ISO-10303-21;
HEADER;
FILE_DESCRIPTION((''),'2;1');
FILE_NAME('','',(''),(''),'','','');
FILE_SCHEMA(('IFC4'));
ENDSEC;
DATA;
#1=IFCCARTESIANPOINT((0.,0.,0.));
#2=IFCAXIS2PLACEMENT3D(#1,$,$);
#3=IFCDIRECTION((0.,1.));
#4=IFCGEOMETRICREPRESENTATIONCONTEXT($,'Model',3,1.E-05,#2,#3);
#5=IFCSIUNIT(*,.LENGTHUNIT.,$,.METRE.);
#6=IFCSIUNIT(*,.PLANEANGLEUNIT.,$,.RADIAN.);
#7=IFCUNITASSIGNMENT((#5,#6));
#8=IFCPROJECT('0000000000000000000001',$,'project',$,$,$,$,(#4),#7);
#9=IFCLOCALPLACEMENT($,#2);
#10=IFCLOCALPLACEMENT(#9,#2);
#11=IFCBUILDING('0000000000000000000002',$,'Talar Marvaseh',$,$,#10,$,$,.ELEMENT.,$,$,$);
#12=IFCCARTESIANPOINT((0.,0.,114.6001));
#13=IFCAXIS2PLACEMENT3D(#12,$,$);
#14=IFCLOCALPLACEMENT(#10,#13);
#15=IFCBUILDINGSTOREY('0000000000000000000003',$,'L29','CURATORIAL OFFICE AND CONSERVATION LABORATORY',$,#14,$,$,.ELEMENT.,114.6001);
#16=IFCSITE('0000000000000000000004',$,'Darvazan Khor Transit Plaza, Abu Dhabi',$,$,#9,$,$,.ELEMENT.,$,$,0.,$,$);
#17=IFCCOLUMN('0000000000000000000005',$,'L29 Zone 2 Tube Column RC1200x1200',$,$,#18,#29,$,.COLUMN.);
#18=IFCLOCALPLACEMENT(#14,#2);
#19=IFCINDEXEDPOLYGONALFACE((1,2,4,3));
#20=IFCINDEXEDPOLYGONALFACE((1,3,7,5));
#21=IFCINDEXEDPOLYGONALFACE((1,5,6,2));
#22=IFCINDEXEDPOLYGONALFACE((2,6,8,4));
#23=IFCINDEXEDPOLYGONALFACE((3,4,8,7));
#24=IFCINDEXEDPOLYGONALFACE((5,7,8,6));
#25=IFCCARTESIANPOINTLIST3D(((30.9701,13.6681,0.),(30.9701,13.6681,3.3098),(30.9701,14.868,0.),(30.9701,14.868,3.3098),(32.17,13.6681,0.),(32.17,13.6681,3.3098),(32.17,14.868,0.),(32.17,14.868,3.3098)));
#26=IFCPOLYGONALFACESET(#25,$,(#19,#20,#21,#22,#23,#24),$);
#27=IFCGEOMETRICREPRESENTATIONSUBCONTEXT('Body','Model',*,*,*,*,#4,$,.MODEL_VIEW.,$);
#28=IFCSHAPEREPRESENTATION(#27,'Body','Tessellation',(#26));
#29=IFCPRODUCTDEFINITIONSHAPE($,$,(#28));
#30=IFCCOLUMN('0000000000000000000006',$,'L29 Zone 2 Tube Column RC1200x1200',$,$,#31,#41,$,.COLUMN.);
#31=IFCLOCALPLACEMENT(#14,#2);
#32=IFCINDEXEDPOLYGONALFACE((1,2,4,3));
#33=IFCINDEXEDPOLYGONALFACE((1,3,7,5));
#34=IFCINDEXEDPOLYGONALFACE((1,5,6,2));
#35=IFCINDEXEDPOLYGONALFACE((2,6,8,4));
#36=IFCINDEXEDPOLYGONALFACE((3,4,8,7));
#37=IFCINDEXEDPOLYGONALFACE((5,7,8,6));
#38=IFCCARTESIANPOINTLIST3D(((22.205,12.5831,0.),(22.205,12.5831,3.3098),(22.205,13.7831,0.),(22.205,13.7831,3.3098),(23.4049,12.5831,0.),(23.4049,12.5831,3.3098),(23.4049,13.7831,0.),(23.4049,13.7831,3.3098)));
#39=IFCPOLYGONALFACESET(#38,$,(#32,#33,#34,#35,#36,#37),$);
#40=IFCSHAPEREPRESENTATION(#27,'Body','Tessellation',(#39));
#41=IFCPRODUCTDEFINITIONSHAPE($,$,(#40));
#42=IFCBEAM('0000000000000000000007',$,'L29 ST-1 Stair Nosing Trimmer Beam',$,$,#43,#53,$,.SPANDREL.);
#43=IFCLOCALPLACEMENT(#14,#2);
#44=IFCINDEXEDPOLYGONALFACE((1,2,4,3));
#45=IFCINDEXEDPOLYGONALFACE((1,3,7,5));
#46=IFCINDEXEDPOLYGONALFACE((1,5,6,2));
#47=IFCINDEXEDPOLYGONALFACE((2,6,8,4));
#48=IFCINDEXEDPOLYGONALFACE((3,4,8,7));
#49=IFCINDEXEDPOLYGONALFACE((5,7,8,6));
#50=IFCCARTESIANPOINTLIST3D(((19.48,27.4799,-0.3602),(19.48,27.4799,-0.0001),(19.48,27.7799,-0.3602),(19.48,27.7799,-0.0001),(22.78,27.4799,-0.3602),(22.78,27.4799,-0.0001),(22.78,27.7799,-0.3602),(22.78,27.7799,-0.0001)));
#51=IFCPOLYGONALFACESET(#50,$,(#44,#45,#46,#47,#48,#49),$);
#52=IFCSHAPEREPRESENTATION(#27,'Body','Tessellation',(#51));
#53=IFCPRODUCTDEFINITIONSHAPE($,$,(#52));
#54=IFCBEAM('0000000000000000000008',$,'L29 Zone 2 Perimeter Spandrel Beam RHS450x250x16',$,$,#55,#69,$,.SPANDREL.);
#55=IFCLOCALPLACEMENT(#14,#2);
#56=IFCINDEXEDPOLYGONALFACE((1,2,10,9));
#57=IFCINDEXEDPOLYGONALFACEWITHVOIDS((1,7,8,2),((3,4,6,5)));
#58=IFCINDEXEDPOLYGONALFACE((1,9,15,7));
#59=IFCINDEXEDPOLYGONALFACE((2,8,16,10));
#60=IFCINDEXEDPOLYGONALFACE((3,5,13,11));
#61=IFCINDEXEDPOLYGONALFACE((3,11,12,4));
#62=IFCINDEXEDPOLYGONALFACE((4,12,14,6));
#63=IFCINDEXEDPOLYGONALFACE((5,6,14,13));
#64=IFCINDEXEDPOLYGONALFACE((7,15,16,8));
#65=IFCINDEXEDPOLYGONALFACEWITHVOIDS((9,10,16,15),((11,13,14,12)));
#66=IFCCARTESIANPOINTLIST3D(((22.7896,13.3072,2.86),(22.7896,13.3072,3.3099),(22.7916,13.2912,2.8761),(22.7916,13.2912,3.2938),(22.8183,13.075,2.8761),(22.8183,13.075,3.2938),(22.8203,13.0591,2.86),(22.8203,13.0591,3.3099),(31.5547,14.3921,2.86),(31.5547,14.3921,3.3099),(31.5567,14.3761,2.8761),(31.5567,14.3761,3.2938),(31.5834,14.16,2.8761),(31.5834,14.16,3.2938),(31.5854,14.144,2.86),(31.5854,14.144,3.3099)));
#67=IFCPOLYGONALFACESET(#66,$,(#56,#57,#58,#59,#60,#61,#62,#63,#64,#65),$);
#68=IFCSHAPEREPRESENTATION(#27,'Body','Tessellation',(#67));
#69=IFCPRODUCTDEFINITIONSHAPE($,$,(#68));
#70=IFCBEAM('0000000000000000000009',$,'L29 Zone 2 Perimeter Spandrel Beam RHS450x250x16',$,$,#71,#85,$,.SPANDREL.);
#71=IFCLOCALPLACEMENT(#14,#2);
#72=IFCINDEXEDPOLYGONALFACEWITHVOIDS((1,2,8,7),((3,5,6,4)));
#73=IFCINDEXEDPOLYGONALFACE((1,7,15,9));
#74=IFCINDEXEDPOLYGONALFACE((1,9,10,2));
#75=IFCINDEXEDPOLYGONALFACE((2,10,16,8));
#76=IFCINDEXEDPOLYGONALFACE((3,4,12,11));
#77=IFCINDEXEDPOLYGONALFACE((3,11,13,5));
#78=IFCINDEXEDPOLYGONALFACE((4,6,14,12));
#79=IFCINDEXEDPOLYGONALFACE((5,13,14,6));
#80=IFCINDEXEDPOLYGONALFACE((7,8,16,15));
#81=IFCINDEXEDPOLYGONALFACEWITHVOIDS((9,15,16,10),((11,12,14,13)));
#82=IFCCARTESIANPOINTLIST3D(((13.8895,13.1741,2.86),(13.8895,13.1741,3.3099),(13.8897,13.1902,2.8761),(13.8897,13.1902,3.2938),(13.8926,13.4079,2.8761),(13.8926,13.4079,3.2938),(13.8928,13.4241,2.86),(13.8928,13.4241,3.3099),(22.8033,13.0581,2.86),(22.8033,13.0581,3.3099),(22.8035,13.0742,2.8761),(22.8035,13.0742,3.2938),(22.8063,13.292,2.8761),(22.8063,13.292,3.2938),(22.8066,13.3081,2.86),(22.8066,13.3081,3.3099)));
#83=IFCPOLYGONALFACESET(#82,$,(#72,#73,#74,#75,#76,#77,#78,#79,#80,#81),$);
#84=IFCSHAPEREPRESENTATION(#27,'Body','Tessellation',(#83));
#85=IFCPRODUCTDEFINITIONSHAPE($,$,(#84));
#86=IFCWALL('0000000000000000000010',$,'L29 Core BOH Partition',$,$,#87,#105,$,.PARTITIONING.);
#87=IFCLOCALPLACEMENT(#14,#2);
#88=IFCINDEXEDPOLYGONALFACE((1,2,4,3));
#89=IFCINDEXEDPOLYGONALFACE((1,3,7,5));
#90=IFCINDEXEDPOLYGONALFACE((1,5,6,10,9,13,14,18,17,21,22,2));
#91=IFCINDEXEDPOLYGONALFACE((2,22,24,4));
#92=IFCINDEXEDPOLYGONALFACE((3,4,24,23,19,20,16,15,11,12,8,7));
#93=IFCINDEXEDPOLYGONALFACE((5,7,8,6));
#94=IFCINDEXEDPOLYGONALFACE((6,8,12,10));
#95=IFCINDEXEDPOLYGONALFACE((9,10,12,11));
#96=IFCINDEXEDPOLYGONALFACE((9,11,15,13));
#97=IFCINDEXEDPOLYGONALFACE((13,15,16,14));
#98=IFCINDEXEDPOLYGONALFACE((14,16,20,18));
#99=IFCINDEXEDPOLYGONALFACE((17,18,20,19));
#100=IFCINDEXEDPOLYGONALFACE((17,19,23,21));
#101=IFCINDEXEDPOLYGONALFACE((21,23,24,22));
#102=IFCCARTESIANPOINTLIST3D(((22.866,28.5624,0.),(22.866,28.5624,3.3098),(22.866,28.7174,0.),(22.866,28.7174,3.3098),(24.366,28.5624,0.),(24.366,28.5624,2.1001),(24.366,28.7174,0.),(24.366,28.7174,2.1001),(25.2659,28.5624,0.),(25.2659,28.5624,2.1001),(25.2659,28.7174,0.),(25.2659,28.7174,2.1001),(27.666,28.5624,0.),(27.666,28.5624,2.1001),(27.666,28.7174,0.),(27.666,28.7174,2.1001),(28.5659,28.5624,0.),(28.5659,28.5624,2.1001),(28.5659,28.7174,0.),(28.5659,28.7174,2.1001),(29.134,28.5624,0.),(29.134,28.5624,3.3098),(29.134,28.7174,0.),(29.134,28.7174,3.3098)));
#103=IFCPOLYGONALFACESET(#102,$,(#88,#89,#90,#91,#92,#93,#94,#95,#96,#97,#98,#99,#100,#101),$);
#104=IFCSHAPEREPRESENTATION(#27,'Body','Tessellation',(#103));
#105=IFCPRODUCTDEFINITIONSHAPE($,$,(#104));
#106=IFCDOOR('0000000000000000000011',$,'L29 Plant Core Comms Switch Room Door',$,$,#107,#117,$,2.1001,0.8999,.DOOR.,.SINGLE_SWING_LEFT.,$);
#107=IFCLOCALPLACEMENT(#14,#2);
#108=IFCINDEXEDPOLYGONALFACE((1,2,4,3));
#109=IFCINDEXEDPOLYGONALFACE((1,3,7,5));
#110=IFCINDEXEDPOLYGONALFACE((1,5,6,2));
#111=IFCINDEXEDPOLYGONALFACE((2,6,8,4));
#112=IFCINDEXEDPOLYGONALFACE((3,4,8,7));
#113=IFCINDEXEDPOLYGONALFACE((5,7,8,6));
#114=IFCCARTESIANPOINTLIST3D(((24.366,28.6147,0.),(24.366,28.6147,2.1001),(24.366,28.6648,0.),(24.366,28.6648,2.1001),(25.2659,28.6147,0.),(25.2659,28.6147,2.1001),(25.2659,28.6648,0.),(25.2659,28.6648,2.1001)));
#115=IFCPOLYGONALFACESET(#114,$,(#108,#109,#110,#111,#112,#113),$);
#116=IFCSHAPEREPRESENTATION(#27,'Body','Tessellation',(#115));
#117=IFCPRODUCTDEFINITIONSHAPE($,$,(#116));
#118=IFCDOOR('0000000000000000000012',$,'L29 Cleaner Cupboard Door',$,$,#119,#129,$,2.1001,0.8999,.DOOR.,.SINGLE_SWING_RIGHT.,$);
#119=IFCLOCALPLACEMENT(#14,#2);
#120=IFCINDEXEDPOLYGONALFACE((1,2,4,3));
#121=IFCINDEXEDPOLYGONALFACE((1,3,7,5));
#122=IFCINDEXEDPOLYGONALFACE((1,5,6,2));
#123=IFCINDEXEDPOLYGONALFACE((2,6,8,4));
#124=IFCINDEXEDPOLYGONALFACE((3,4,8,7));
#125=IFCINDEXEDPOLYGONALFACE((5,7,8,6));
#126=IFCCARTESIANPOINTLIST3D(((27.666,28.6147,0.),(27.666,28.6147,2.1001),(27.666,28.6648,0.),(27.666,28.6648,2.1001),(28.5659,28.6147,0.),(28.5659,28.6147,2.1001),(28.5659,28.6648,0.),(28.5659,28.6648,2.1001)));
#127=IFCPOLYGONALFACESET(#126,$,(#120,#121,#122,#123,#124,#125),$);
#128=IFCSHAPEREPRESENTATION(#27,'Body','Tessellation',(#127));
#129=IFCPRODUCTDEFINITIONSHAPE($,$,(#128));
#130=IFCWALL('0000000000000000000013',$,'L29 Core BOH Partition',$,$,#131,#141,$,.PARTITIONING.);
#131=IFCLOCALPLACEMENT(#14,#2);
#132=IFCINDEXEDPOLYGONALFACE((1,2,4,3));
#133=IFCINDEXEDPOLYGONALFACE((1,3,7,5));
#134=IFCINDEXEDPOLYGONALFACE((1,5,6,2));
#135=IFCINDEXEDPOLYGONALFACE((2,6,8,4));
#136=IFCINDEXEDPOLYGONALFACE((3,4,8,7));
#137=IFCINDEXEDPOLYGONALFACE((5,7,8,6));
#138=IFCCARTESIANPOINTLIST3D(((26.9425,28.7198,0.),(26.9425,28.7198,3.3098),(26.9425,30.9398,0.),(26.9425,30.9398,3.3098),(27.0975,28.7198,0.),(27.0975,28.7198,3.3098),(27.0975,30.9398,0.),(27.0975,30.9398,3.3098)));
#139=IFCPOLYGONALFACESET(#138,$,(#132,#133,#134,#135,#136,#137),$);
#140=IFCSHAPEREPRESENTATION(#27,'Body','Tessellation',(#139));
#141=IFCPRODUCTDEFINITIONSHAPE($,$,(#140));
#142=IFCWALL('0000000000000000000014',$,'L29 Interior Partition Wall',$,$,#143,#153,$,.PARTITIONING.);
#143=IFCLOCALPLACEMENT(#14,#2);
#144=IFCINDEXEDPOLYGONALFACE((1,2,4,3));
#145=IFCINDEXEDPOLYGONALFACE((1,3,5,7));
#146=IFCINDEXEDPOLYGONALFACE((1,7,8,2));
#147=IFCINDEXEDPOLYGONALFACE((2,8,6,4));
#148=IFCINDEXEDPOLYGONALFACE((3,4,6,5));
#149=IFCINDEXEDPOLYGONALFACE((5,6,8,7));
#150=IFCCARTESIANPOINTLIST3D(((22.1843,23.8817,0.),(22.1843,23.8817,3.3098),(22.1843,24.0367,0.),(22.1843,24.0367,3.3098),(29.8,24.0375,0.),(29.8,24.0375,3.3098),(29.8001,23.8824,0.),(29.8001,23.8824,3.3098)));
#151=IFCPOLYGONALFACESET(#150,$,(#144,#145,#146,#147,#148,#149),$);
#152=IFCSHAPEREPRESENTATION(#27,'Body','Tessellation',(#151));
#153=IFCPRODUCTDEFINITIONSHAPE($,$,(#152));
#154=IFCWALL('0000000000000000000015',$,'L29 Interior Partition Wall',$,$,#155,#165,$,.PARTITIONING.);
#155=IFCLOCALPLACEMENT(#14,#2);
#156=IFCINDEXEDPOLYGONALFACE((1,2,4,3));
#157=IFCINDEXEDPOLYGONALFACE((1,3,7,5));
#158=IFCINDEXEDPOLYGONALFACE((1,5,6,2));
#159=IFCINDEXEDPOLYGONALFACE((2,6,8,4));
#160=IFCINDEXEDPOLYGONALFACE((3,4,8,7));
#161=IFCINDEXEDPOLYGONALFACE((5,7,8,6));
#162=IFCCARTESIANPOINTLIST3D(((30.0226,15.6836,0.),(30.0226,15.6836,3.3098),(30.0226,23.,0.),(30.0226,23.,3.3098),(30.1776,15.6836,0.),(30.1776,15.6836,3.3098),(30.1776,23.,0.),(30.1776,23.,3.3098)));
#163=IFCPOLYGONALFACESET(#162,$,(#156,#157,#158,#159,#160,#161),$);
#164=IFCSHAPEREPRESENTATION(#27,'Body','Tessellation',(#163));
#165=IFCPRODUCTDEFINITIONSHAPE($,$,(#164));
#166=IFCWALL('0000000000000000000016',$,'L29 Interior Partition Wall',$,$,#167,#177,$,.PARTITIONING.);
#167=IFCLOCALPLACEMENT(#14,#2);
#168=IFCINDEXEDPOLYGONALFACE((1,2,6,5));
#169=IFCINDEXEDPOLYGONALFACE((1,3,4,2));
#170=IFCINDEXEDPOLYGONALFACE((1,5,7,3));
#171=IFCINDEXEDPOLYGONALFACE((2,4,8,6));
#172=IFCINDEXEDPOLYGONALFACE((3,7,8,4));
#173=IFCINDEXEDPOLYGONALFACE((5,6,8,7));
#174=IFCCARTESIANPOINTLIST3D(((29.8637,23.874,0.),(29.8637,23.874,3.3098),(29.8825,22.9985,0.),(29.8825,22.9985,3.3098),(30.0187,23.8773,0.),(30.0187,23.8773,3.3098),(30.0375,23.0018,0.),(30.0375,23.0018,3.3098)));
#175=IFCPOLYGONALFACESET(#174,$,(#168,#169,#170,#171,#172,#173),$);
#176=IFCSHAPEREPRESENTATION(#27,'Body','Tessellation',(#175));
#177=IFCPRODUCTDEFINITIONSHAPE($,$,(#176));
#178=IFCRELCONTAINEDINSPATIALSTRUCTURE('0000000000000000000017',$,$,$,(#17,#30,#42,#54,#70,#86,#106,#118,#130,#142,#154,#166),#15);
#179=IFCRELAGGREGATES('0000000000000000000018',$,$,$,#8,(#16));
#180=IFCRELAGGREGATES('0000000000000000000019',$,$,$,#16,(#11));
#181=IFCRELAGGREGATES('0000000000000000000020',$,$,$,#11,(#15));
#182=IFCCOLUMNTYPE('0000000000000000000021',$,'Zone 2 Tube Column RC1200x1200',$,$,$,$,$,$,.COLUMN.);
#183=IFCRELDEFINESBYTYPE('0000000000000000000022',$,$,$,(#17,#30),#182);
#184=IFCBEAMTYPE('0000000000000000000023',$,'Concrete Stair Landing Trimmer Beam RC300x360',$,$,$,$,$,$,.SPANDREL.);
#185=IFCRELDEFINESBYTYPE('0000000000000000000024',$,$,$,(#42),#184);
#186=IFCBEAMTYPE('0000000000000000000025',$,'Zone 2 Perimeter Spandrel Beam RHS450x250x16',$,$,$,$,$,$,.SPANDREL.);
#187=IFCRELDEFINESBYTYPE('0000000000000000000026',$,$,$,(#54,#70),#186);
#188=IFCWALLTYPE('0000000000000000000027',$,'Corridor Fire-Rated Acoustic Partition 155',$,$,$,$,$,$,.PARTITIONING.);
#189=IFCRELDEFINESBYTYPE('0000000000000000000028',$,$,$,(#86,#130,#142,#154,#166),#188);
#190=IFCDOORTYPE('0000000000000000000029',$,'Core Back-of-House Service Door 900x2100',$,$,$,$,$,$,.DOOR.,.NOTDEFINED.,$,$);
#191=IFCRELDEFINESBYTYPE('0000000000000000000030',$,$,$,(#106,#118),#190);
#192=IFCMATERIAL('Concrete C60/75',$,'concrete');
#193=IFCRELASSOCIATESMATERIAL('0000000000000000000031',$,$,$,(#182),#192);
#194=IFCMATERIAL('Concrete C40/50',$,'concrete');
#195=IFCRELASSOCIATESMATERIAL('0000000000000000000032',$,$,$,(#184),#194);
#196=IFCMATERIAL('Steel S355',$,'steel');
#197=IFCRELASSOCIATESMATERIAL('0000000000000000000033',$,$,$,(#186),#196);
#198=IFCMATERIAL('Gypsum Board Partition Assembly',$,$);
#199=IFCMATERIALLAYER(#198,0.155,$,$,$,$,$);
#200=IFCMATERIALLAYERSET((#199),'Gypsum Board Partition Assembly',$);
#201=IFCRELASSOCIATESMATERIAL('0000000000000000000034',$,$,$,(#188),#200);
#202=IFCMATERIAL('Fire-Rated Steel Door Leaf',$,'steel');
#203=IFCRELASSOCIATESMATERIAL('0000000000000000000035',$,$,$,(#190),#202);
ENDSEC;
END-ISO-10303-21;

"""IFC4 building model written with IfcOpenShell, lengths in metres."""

from ifc_helpers import new_model, si_unit, direction, frame, frame_2d, origin, origin_2d, place, context, subcontext, project, spatial, rectangle, hollow_rectangle, extrude, source, transform, mapped, material, layer, layer_set, material_profile, profile_set, type_object, type_shapes, element, fill, save


model = new_model("IFC4")

# Units and contexts
model_context = context("Model", 3, precision=1e-05, world=origin(), true_north=direction((0.0, 1.0)))
body_context = subcontext(model_context, "Body", "Model", "MODEL_VIEW")
ifc_project = project(units=[si_unit("LENGTHUNIT", "METRE"), si_unit("PLANEANGLEUNIT", "RADIAN")], contexts=[model_context])

# Site, building, storey
site_placement = place(None, origin())
site = spatial("IfcSite", under=ifc_project, at=site_placement, Name="Darvazan Khor Transit Plaza, Abu Dhabi", CompositionType="ELEMENT", RefElevation=0.0)
building_placement = place(site_placement, origin())
building = spatial("IfcBuilding", under=site, at=building_placement, Name="Talar Marvaseh", CompositionType="ELEMENT")
storey_placement = place(building_placement, frame((0.0, 0.0, 114.6001)))
storey = spatial("IfcBuildingStorey", under=building, at=storey_placement, Name="L29", Description="CURATORIAL OFFICE AND CONSERVATION LABORATORY", CompositionType="ELEMENT", Elevation=114.6001)

# Columns
ifc_material_1 = material(Name="Concrete C60/75", Category="concrete")
ifc_material_profile_1 = material_profile(ifc_material_1, rectangle(XDim=1.2, YDim=1.2, at=origin_2d()), Name="RC1200x1200")
ifc_profile_set_1 = profile_set([ifc_material_profile_1], Name="Concrete C60/75")
column_type = type_object("IfcColumnType", Name="Zone 2 Tube Column RC1200x1200", PredefinedType="COLUMN", material=ifc_profile_set_1)
for number, where, z_axis, x_axis, name in (
    (1, (31.5701, 14.2681, 0.0), (0.0, 0.0, 1.0), (1.0, 0.0, 0.0), "L29 Zone 2 Tube Column RC1200x1200"),
    (2, (22.8049, 13.1831, 0.0), (0.0, 0.0, 1.0), (1.0, 0.0, 0.0), "L29 Zone 2 Tube Column RC1200x1200"),
):
    element("IfcColumn", number, at=place(storey_placement, frame(where, z_axis=z_axis, x_axis=x_axis)), inside=storey, type_object=column_type, Name=name, PredefinedType="COLUMN", context=body_context, shape_type="SweptSolid", body=[
        extrude(rectangle(XDim=1.2, YDim=1.2, at=origin_2d()), origin(), (0.0, 0.0, 1.0), 3.3098),
    ])

# Beams
ifc_material_2 = material(Name="Concrete C40/50", Category="concrete")
ifc_material_profile_2 = material_profile(ifc_material_2, rectangle(XDim=0.3, YDim=0.3601, at=origin_2d()), Name="RC300x360")
ifc_profile_set_2 = profile_set([ifc_material_profile_2], Name="Concrete C40/50")
beam_type_1 = type_object("IfcBeamType", Name="Concrete Stair Landing Trimmer Beam RC300x360", PredefinedType="SPANDREL", material=ifc_profile_set_2)
beam_1_placement = place(storey_placement, frame((22.78, 27.6299, -0.1802), z_axis=(-1.0, 0.0, 0.0), x_axis=(0.0, -1.0, 0.0)))
element("IfcBeam", 3, at=beam_1_placement, inside=storey, type_object=beam_type_1, Name="L29 ST-1 Stair Nosing Trimmer Beam", PredefinedType="SPANDREL", context=body_context, shape_type="SweptSolid", body=[
    extrude(rectangle(XDim=0.3, YDim=0.3601, at=origin_2d()), origin(), (0.0, 0.0, 1.0), 3.3),
])
ifc_material_3 = material(Name="Steel S355", Category="steel")
ifc_material_profile_3 = material_profile(ifc_material_3, hollow_rectangle(XDim=0.25, YDim=0.45, WallThickness=0.0161, at=origin_2d()), Name="RHS450x250x16")
ifc_profile_set_3 = profile_set([ifc_material_profile_3], Name="Steel S355")
beam_type_2 = type_object("IfcBeamType", Name="Zone 2 Perimeter Spandrel Beam RHS450x250x16", PredefinedType="SPANDREL", material=ifc_profile_set_3)
beam_2_placement = place(storey_placement, frame((31.5701, 14.2681, 3.085), z_axis=(-0.992426, -0.122844, 0.0), x_axis=(0.122844, -0.992426, 0.0)))
element("IfcBeam", 4, at=beam_2_placement, inside=storey, type_object=beam_type_2, Name="L29 Zone 2 Perimeter Spandrel Beam RHS450x250x16", PredefinedType="SPANDREL", context=body_context, shape_type="SweptSolid", body=[
    extrude(hollow_rectangle(XDim=0.25, YDim=0.45, WallThickness=0.0161, at=origin_2d()), origin(), (0.0, 0.0, 1.0), 8.832),
])
beam_3_placement = place(storey_placement, frame((22.8049, 13.1831, 3.085), z_axis=(-0.999915, 0.013009, 0.0), x_axis=(-0.013009, -0.999915, 0.0)))
element("IfcBeam", 5, at=beam_3_placement, inside=storey, type_object=beam_type_2, Name="L29 Zone 2 Perimeter Spandrel Beam RHS450x250x16", PredefinedType="SPANDREL", context=body_context, shape_type="SweptSolid", body=[
    extrude(hollow_rectangle(XDim=0.25, YDim=0.45, WallThickness=0.0161, at=origin_2d()), origin(), (0.0, 0.0, 1.0), 8.9146),
])

# Wall, openings, doors
ifc_material_4 = material(Name="Gypsum Board Partition Assembly")
ifc_layer_1 = layer(ifc_material_4, 0.155)
ifc_layer_set_1 = layer_set([ifc_layer_1], Name="Gypsum Board Partition Assembly")
wall_type_1 = type_object("IfcWallType", Name="Corridor Fire-Rated Acoustic Partition 155", PredefinedType="PARTITIONING", material=ifc_layer_set_1)
wall_1_placement = place(storey_placement, frame((22.866, 28.6399, 0.0), z_axis=(0.0, 0.0, 1.0), x_axis=(1.0, 0.0, 0.0)))
wall_1 = element("IfcWall", 6, at=wall_1_placement, inside=storey, type_object=wall_type_1, Name="L29 Core BOH Partition", PredefinedType="PARTITIONING", context=body_context, shape_type="SweptSolid", body=[
    extrude(rectangle(XDim=6.2681, YDim=0.155, at=frame_2d((3.134, 0.0))), origin(), (0.0, 0.0, 1.0), 3.3098),
])
opening_1_placement = place(wall_1_placement, frame((1.5, 0.0, 0.0)))
opening_1 = element("IfcOpeningElement", 7, at=opening_1_placement, cuts=wall_1, PredefinedType="OPENING", context=body_context, shape_type="SweptSolid", body=[
    extrude(rectangle(XDim=0.8999, YDim=2.1001, at=frame_2d((0.45, 1.05))), frame((0.0, 0.0874, 0.0), z_axis=(0.0, -1.0, 0.0), x_axis=(1.0, 0.0, 0.0)), (0.0, 0.0, 1.0), 0.175),
])
opening_2_placement = place(wall_1_placement, frame((4.8, 0.0, 0.0)))
opening_2 = element("IfcOpeningElement", 8, at=opening_2_placement, cuts=wall_1, PredefinedType="OPENING", context=body_context, shape_type="SweptSolid", body=[
    extrude(rectangle(XDim=0.8999, YDim=2.1001, at=frame_2d((0.45, 1.05))), frame((0.0, 0.0874, 0.0), z_axis=(0.0, -1.0, 0.0), x_axis=(1.0, 0.0, 0.0)), (0.0, 0.0, 1.0), 0.175),
])
ifc_material_5 = material(Name="Fire-Rated Steel Door Leaf", Category="steel")
door_type_1 = type_object("IfcDoorType", Name="Core Back-of-House Service Door 900x2100", OperationType="NOTDEFINED", PredefinedType="DOOR", material=ifc_material_5)
shared_shape_1 = source(origin(), body_context, "Body", "SweptSolid", [
    extrude(rectangle(XDim=0.8999, YDim=2.1001, at=frame_2d((0.45, 1.05))), frame((0.0, 0.0249, 0.0), z_axis=(0.0, -1.0, 0.0), x_axis=(1.0, 0.0, 0.0)), (0.0, 0.0, 1.0), 0.05),
])
type_shapes(door_type_1, [shared_shape_1])
door_1_placement = place(opening_1_placement, origin())
door_1 = element("IfcDoor", 9, at=door_1_placement, inside=storey, type_object=door_type_1, Name="L29 Plant Core Comms Switch Room Door", OperationType="SINGLE_SWING_LEFT", OverallHeight=2.1001, OverallWidth=0.8999, PredefinedType="DOOR", context=body_context, shape_type="MappedRepresentation", body=[
    mapped(shared_shape_1, transform((0.0, 0.0, 0.0), x_axis=(1.0, 0.0, 0.0), y_axis=(0.0, 1.0, 0.0), z_axis=(0.0, 0.0, 1.0), scale=1.0)),
])
fill(opening_1, door_1)
door_2_placement = place(opening_2_placement, origin())
door_2 = element("IfcDoor", 10, at=door_2_placement, inside=storey, type_object=door_type_1, Name="L29 Cleaner Cupboard Door", OperationType="SINGLE_SWING_RIGHT", OverallHeight=2.1001, OverallWidth=0.8999, PredefinedType="DOOR", context=body_context, shape_type="MappedRepresentation", body=[
    mapped(shared_shape_1, transform((0.0, 0.0, 0.0), x_axis=(1.0, 0.0, 0.0), y_axis=(0.0, 1.0, 0.0), z_axis=(0.0, 0.0, 1.0), scale=1.0)),
])
fill(opening_2, door_2)

# Walls
wall_2_placement = place(storey_placement, frame((27.02, 28.72, 0.0), z_axis=(0.0, 0.0, 1.0), x_axis=(0.0, 1.0, 0.0)))
element("IfcWall", 11, at=wall_2_placement, inside=storey, type_object=wall_type_1, Name="L29 Core BOH Partition", PredefinedType="PARTITIONING", context=body_context, shape_type="SweptSolid", body=[
    extrude(rectangle(XDim=2.22, YDim=0.155, at=frame_2d((1.1099, 0.0))), origin(), (0.0, 0.0, 1.0), 3.3098),
])
wall_3_placement = place(storey_placement, frame((29.8, 23.96, 0.0), z_axis=(0.0, 0.0, 1.0), x_axis=(-1.0, -0.000096, 0.0)))
element("IfcWall", 12, at=wall_3_placement, inside=storey, type_object=wall_type_1, Name="L29 Interior Partition Wall", PredefinedType="PARTITIONING", context=body_context, shape_type="SweptSolid", body=[
    extrude(rectangle(XDim=7.6157, YDim=0.155, at=frame_2d((3.8079, 0.0))), origin(), (0.0, 0.0, 1.0), 3.3098),
])
wall_4_placement = place(storey_placement, frame((30.1001, 15.6836, 0.0), z_axis=(0.0, 0.0, 1.0), x_axis=(0.0, 1.0, 0.0)))
element("IfcWall", 13, at=wall_4_placement, inside=storey, type_object=wall_type_1, Name="L29 Interior Partition Wall", PredefinedType="PARTITIONING", context=body_context, shape_type="SweptSolid", body=[
    extrude(rectangle(XDim=7.3164, YDim=0.155, at=frame_2d((3.6582, 0.0))), origin(), (0.0, 0.0, 1.0), 3.3098),
])
wall_5_placement = place(storey_placement, frame((29.96, 23.0, 0.0), z_axis=(0.0, 0.0, 1.0), x_axis=(-0.021467, 0.99977, 0.0)))
element("IfcWall", 14, at=wall_5_placement, inside=storey, type_object=wall_type_1, Name="L29 Interior Partition Wall", PredefinedType="PARTITIONING", context=body_context, shape_type="SweptSolid", body=[
    extrude(rectangle(XDim=0.8757, YDim=0.155, at=frame_2d((0.438, 0.0))), origin(), (0.0, 0.0, 1.0), 3.3098),
])

save(model, "model.ifc")
